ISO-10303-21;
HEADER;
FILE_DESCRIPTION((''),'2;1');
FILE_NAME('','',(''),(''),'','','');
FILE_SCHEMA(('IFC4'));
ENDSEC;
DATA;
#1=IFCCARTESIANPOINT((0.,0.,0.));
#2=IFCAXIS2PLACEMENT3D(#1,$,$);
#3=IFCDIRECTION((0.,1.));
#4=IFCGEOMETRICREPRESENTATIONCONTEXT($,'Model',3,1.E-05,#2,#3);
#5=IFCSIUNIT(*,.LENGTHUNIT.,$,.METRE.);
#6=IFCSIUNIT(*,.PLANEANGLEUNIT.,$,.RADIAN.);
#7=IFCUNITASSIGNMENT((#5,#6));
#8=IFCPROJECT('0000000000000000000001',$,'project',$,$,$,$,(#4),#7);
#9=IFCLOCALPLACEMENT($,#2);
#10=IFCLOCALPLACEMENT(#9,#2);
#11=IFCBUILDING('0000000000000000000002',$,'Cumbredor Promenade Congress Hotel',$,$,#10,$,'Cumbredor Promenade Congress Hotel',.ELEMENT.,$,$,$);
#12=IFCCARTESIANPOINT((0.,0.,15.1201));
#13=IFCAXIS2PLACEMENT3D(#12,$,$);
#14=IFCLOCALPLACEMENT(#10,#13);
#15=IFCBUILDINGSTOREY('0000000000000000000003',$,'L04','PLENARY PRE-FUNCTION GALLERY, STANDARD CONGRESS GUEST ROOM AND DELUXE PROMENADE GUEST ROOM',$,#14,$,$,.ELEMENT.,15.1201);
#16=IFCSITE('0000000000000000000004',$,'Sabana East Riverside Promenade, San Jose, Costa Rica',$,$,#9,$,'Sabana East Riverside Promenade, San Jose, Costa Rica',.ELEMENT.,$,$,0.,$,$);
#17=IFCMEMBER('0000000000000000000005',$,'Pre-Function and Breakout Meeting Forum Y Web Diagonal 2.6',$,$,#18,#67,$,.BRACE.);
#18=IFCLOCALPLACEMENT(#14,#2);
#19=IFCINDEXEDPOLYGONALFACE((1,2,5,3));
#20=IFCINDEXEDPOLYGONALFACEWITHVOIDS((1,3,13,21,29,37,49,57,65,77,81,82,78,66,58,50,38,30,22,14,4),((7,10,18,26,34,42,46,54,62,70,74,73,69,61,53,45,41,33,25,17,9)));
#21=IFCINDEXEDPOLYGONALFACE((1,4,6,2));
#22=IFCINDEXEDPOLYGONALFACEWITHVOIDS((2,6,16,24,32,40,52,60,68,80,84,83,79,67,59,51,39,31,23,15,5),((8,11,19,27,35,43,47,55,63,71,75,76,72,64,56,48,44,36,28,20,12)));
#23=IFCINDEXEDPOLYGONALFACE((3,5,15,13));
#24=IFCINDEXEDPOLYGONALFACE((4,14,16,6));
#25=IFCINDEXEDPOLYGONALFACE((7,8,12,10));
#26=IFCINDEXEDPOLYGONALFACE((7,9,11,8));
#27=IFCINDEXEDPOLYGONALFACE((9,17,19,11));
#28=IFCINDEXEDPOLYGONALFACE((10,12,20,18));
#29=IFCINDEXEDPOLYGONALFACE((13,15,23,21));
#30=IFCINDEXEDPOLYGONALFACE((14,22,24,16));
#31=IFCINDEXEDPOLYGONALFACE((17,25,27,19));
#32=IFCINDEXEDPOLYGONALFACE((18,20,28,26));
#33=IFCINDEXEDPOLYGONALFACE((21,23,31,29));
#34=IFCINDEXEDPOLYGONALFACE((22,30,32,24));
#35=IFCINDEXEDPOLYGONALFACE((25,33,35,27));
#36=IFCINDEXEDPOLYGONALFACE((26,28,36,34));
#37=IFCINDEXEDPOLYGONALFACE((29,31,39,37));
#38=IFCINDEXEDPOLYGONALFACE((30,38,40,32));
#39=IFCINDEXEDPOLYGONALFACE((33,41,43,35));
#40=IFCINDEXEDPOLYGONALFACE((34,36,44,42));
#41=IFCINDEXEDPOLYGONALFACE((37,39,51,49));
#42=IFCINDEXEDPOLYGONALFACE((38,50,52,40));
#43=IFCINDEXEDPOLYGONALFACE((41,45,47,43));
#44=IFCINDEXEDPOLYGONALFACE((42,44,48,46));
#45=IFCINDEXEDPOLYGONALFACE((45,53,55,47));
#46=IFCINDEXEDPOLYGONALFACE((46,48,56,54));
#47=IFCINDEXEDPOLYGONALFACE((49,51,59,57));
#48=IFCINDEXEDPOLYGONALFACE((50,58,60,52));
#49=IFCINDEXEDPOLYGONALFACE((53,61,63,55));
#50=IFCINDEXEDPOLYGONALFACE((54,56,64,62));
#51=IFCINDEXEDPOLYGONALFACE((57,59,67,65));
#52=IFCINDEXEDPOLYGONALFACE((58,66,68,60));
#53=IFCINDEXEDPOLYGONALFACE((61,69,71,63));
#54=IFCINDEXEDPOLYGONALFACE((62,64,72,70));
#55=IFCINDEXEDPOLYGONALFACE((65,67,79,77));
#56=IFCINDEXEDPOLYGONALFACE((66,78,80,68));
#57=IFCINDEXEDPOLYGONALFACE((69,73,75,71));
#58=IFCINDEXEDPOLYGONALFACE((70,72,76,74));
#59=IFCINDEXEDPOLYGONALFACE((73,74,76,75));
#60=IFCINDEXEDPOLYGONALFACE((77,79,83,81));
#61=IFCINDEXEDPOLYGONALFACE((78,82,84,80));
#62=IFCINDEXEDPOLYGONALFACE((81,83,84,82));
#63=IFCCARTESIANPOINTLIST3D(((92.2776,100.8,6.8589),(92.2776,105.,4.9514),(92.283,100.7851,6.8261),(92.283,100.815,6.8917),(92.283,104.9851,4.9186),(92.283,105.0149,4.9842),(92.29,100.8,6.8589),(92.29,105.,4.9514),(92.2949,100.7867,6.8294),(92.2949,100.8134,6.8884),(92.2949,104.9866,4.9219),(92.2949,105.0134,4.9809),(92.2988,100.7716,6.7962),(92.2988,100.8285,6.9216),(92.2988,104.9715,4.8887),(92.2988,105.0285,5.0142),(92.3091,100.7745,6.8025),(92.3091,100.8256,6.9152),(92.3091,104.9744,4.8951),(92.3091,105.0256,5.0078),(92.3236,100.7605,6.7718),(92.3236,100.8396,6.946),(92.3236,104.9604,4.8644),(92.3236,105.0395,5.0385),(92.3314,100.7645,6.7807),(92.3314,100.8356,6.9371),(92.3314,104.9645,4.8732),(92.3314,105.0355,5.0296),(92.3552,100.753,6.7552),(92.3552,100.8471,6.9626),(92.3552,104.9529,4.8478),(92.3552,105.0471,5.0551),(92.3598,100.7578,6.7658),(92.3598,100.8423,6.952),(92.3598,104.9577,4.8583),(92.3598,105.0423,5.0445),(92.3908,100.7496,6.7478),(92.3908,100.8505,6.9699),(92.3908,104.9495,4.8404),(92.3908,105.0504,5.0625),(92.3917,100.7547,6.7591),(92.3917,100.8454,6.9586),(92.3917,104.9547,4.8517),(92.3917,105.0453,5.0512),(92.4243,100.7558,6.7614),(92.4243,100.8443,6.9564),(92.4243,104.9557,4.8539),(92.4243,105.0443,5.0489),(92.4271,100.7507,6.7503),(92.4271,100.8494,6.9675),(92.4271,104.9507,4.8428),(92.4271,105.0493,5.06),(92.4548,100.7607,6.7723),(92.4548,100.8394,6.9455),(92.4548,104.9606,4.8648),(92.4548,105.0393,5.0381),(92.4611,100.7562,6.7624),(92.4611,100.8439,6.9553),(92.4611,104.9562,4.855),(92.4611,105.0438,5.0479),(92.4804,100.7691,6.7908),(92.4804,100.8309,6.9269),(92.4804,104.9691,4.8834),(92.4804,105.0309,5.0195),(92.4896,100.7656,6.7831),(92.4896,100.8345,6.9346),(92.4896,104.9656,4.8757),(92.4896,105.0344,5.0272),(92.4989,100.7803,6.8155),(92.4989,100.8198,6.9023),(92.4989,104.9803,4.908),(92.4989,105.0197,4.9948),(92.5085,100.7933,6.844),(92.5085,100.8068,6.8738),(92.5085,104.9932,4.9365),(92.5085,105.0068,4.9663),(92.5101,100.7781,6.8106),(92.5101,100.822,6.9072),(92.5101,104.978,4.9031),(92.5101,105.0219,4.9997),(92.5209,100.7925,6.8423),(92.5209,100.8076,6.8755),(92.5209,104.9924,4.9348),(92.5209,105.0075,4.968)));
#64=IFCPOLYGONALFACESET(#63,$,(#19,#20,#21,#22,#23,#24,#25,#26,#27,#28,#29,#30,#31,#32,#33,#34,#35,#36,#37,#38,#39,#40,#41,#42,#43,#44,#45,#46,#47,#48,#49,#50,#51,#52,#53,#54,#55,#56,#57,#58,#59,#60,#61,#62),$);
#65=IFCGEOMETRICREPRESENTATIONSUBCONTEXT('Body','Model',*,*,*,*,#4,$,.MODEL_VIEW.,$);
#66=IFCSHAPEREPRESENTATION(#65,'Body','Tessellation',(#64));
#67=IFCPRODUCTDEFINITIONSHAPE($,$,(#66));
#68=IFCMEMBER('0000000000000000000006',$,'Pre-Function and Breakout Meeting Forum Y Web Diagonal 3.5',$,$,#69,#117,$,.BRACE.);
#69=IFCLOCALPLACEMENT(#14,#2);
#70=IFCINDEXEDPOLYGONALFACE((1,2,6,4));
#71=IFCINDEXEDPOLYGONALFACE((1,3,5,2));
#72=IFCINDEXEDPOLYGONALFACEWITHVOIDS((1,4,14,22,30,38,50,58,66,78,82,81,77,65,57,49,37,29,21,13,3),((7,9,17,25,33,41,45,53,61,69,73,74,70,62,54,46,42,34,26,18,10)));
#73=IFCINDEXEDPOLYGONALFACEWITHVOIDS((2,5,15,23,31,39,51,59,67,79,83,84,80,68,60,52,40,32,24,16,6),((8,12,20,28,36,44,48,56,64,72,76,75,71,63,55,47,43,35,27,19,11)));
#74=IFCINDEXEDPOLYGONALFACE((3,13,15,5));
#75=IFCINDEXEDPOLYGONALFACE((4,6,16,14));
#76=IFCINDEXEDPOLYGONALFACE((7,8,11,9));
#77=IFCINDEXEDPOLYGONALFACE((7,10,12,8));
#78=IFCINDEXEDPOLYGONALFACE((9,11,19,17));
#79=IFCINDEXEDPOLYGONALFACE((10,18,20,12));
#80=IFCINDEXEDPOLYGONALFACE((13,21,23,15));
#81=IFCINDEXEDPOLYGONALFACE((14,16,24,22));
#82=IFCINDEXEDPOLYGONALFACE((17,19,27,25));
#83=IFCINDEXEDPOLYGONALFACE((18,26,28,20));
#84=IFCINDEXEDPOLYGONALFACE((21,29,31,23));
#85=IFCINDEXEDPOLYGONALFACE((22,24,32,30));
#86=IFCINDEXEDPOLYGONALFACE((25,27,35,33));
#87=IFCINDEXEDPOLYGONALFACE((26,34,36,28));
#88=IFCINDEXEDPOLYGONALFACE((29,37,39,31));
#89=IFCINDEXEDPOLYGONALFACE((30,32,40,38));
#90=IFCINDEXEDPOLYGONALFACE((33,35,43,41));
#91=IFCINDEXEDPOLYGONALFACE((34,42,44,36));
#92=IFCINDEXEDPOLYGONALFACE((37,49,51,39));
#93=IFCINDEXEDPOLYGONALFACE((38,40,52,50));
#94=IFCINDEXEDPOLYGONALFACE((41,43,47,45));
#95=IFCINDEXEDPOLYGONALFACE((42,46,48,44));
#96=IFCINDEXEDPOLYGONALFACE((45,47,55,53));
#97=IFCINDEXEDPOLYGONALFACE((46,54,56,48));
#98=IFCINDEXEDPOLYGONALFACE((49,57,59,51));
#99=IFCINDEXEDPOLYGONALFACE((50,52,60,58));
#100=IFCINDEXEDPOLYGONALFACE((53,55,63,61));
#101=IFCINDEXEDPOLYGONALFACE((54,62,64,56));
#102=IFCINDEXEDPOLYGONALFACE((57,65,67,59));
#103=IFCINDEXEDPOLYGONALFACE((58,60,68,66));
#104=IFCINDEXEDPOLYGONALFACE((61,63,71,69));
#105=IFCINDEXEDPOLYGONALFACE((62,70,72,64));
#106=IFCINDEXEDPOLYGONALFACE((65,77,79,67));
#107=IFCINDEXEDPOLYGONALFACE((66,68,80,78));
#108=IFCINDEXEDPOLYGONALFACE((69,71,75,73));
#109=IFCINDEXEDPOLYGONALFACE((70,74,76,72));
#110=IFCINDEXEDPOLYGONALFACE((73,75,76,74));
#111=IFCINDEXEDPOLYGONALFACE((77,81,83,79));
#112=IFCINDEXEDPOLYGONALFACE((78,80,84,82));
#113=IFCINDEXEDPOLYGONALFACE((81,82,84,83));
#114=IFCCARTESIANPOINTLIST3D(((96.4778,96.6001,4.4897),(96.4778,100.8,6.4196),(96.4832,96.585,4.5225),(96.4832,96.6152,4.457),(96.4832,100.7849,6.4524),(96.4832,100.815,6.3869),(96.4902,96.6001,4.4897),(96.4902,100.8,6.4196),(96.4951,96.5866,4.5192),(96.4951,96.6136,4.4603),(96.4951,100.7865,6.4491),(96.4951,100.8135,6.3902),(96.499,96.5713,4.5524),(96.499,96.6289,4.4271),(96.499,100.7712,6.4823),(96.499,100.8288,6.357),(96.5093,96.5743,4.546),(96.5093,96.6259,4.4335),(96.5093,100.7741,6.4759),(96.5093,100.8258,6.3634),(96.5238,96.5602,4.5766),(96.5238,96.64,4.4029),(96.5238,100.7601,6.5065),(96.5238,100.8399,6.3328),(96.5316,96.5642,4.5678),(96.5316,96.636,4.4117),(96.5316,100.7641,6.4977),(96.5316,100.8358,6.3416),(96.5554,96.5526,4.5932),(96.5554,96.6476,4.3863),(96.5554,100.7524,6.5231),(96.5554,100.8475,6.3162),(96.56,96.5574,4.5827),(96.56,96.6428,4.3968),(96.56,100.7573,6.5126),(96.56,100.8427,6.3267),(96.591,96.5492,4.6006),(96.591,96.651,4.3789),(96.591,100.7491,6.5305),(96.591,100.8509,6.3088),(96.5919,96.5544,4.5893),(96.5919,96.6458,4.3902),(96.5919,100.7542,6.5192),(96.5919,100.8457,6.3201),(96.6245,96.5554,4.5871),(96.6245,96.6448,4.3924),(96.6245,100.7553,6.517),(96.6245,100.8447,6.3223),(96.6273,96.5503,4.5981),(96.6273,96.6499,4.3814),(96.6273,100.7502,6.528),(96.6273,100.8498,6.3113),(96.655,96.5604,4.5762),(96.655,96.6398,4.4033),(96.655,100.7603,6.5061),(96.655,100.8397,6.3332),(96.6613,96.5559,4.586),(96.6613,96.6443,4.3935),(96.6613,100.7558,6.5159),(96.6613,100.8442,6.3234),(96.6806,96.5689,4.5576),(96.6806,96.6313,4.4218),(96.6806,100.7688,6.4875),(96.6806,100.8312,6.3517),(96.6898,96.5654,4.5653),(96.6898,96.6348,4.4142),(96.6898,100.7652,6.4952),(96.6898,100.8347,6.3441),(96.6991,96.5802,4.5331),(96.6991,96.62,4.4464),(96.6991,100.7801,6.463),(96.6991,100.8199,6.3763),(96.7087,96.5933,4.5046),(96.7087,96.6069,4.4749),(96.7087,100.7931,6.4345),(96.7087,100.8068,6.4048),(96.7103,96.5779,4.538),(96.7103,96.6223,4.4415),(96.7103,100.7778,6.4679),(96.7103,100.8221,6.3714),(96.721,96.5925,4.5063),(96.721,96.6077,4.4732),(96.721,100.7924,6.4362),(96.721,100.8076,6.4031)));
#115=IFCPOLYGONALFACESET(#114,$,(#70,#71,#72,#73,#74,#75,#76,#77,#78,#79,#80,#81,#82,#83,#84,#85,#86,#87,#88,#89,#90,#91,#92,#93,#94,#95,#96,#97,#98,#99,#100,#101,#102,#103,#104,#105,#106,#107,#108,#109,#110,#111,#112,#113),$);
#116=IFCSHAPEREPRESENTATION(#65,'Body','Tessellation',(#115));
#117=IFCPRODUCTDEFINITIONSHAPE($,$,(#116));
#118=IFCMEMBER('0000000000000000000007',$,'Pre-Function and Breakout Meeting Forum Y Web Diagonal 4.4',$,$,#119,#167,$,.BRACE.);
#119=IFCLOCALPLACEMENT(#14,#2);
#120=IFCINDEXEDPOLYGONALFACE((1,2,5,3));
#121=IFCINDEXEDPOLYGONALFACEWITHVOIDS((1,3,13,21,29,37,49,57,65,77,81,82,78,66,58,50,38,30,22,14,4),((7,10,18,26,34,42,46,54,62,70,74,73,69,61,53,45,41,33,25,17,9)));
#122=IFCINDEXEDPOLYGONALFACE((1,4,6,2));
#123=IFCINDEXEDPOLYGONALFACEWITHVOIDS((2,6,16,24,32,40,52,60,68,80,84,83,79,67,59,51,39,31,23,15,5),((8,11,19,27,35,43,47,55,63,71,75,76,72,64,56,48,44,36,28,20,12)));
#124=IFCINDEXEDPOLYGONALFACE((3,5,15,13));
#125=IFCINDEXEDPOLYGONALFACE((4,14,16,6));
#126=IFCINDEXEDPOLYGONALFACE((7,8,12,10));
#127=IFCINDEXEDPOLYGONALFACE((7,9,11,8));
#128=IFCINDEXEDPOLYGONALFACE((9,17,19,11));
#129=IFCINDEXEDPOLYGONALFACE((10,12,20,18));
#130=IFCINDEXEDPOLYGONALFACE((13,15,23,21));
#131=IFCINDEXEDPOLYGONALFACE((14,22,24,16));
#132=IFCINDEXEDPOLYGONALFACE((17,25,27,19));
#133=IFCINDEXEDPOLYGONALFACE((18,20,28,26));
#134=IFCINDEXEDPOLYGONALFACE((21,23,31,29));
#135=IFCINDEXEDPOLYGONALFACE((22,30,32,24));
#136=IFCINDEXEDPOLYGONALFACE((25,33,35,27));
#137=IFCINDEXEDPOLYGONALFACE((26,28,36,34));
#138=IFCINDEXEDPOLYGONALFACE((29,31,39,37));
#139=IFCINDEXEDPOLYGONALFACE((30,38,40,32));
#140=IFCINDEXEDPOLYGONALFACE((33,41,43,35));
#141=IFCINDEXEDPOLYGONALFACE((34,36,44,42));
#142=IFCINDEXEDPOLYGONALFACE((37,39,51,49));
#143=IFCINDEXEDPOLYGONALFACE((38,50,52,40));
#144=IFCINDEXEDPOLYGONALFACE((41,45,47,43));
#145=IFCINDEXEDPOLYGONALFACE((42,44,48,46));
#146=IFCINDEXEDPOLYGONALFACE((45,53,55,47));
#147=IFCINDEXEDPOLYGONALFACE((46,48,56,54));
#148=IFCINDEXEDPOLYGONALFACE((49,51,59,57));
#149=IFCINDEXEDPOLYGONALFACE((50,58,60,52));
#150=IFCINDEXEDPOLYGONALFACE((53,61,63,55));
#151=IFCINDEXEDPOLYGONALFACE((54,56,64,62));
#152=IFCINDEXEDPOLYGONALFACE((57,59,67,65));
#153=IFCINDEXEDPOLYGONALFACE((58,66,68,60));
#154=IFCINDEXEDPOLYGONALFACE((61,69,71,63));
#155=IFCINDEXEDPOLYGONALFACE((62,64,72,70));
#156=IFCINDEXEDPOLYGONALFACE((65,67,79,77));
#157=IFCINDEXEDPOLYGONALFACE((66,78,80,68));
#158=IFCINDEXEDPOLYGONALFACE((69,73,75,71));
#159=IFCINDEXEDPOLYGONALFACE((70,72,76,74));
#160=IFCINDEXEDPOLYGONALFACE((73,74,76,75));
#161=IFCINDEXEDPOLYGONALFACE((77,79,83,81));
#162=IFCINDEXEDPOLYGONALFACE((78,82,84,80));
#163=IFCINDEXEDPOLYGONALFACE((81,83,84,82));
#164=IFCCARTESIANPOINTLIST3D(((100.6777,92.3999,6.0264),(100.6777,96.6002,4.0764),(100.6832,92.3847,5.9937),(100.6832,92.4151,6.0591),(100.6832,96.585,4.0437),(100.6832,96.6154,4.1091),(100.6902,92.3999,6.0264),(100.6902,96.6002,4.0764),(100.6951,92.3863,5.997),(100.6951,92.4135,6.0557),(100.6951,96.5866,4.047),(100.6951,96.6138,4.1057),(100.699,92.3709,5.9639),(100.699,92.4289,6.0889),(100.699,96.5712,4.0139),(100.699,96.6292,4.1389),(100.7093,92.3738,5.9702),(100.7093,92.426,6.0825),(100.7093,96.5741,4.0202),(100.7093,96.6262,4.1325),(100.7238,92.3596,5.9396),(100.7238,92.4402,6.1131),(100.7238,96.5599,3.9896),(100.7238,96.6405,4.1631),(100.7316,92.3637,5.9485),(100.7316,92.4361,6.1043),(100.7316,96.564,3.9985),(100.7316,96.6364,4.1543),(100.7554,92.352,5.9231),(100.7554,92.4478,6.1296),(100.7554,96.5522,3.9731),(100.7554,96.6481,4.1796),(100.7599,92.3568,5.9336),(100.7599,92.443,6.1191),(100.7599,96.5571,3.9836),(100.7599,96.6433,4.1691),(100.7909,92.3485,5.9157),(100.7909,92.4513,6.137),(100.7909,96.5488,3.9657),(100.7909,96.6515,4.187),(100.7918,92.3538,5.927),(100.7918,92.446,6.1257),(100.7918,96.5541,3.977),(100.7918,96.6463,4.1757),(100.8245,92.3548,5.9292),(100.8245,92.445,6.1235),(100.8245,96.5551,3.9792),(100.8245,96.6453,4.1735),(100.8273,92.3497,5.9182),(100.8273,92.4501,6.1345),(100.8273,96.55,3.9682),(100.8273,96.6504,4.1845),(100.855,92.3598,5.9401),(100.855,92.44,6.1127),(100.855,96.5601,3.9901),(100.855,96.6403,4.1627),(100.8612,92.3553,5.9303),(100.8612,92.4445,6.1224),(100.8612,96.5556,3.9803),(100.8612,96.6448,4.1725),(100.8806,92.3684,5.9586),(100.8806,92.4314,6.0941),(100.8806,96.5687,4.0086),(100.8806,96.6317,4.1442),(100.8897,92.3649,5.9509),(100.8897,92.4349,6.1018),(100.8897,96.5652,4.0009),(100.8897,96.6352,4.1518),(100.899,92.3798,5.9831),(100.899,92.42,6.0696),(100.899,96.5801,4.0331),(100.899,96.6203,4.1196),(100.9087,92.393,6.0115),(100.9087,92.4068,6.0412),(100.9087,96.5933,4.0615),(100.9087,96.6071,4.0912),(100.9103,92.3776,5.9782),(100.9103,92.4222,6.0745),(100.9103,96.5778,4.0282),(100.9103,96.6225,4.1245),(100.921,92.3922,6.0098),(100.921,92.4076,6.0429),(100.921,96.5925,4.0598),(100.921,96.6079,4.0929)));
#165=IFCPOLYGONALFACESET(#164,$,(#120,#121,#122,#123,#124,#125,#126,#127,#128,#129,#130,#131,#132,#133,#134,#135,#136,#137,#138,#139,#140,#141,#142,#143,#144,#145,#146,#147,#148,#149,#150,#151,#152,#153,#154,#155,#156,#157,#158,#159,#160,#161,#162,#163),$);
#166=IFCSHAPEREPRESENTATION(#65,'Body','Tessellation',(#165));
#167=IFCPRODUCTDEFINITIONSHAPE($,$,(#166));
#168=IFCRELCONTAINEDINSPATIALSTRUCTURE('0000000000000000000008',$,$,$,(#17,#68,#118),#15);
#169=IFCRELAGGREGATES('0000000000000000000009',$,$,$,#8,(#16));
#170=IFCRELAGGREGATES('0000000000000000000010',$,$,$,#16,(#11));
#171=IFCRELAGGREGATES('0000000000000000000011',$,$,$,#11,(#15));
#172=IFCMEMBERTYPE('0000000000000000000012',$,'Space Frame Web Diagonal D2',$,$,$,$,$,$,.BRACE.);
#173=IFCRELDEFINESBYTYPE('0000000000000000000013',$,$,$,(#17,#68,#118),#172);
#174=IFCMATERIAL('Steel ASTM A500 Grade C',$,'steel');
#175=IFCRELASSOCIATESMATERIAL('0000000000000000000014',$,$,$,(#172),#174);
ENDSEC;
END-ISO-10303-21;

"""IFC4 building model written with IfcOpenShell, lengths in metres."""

from ifc_helpers import new_model, si_unit, direction, frame, origin, origin_2d, place, context, subcontext, project, spatial, hollow_circle, extrude, material, material_profile, profile_set, type_object, element, save


model = new_model("IFC4")

# Units and contexts
model_context = context("Model", 3, precision=1e-05, world=origin(), true_north=direction((0.0, 1.0)))
body_context = subcontext(model_context, "Body", "Model", "MODEL_VIEW")
ifc_project = project(units=[si_unit("LENGTHUNIT", "METRE"), si_unit("PLANEANGLEUNIT", "RADIAN")], contexts=[model_context])

# Site, building, storey
site_placement = place(None, origin())
site = spatial("IfcSite", under=ifc_project, at=site_placement, Name="Sabana East Riverside Promenade, San Jose, Costa Rica", LongName="Sabana East Riverside Promenade, San Jose, Costa Rica", CompositionType="ELEMENT", RefElevation=0.0)
building_placement = place(site_placement, origin())
building = spatial("IfcBuilding", under=site, at=building_placement, Name="Cumbredor Promenade Congress Hotel", LongName="Cumbredor Promenade Congress Hotel", CompositionType="ELEMENT")
storey_placement = place(building_placement, frame((0.0, 0.0, 15.1201)))
storey = spatial("IfcBuildingStorey", under=building, at=storey_placement, Name="L04", Description="PLENARY PRE-FUNCTION GALLERY, STANDARD CONGRESS GUEST ROOM AND DELUXE PROMENADE GUEST ROOM", CompositionType="ELEMENT", Elevation=15.1201)

# Members
ifc_material_1 = material(Name="Steel ASTM A500 Grade C", Category="steel")
ifc_material_profile_1 = material_profile(ifc_material_1, hollow_circle(Radius=0.1223, WallThickness=0.0125, at=origin_2d()), Name="CHS 244.5x12.5")
ifc_profile_set_1 = profile_set([ifc_material_profile_1], Name="Steel ASTM A500 Grade C")
member_type_1 = type_object("IfcMemberType", Name="Space Frame Web Diagonal D2", PredefinedType="BRACE", material=ifc_profile_set_1)
member_1_placement = place(storey_placement, frame((92.3999, 100.8, 6.8589), z_axis=(0.0, 0.910497, -0.413516), x_axis=(-1.0, 0.0, 0.0)))
element("IfcMember", 1, at=member_1_placement, inside=storey, type_object=member_type_1, Name="Pre-Function and Breakout Meeting Forum Y Web Diagonal 2.6", PredefinedType="BRACE", context=body_context, shape_type="SweptSolid", body=[
    extrude(hollow_circle(Radius=0.1223, WallThickness=0.0125, at=origin_2d()), origin(), (0.0, 0.0, 1.0), 4.6128),
])
member_2_placement = place(storey_placement, frame((96.6001, 96.6001, 4.4897), z_axis=(0.0, 0.908658, 0.41754), x_axis=(-1.0, 0.0, 0.0)))
element("IfcMember", 2, at=member_2_placement, inside=storey, type_object=member_type_1, Name="Pre-Function and Breakout Meeting Forum Y Web Diagonal 3.5", PredefinedType="BRACE", context=body_context, shape_type="SweptSolid", body=[
    extrude(hollow_circle(Radius=0.1223, WallThickness=0.0125, at=origin_2d()), origin(), (0.0, 0.0, 1.0), 4.6221),
])
member_3_placement = place(storey_placement, frame((100.8, 92.3999, 6.0264), z_axis=(0.0, 0.90702, -0.421087), x_axis=(-1.0, 0.0, 0.0)))
element("IfcMember", 3, at=member_3_placement, inside=storey, type_object=member_type_1, Name="Pre-Function and Breakout Meeting Forum Y Web Diagonal 4.4", PredefinedType="BRACE", context=body_context, shape_type="SweptSolid", body=[
    extrude(hollow_circle(Radius=0.1223, WallThickness=0.0125, at=origin_2d()), origin(), (0.0, 0.0, 1.0), 4.6309),
])

save(model, "model.ifc")
